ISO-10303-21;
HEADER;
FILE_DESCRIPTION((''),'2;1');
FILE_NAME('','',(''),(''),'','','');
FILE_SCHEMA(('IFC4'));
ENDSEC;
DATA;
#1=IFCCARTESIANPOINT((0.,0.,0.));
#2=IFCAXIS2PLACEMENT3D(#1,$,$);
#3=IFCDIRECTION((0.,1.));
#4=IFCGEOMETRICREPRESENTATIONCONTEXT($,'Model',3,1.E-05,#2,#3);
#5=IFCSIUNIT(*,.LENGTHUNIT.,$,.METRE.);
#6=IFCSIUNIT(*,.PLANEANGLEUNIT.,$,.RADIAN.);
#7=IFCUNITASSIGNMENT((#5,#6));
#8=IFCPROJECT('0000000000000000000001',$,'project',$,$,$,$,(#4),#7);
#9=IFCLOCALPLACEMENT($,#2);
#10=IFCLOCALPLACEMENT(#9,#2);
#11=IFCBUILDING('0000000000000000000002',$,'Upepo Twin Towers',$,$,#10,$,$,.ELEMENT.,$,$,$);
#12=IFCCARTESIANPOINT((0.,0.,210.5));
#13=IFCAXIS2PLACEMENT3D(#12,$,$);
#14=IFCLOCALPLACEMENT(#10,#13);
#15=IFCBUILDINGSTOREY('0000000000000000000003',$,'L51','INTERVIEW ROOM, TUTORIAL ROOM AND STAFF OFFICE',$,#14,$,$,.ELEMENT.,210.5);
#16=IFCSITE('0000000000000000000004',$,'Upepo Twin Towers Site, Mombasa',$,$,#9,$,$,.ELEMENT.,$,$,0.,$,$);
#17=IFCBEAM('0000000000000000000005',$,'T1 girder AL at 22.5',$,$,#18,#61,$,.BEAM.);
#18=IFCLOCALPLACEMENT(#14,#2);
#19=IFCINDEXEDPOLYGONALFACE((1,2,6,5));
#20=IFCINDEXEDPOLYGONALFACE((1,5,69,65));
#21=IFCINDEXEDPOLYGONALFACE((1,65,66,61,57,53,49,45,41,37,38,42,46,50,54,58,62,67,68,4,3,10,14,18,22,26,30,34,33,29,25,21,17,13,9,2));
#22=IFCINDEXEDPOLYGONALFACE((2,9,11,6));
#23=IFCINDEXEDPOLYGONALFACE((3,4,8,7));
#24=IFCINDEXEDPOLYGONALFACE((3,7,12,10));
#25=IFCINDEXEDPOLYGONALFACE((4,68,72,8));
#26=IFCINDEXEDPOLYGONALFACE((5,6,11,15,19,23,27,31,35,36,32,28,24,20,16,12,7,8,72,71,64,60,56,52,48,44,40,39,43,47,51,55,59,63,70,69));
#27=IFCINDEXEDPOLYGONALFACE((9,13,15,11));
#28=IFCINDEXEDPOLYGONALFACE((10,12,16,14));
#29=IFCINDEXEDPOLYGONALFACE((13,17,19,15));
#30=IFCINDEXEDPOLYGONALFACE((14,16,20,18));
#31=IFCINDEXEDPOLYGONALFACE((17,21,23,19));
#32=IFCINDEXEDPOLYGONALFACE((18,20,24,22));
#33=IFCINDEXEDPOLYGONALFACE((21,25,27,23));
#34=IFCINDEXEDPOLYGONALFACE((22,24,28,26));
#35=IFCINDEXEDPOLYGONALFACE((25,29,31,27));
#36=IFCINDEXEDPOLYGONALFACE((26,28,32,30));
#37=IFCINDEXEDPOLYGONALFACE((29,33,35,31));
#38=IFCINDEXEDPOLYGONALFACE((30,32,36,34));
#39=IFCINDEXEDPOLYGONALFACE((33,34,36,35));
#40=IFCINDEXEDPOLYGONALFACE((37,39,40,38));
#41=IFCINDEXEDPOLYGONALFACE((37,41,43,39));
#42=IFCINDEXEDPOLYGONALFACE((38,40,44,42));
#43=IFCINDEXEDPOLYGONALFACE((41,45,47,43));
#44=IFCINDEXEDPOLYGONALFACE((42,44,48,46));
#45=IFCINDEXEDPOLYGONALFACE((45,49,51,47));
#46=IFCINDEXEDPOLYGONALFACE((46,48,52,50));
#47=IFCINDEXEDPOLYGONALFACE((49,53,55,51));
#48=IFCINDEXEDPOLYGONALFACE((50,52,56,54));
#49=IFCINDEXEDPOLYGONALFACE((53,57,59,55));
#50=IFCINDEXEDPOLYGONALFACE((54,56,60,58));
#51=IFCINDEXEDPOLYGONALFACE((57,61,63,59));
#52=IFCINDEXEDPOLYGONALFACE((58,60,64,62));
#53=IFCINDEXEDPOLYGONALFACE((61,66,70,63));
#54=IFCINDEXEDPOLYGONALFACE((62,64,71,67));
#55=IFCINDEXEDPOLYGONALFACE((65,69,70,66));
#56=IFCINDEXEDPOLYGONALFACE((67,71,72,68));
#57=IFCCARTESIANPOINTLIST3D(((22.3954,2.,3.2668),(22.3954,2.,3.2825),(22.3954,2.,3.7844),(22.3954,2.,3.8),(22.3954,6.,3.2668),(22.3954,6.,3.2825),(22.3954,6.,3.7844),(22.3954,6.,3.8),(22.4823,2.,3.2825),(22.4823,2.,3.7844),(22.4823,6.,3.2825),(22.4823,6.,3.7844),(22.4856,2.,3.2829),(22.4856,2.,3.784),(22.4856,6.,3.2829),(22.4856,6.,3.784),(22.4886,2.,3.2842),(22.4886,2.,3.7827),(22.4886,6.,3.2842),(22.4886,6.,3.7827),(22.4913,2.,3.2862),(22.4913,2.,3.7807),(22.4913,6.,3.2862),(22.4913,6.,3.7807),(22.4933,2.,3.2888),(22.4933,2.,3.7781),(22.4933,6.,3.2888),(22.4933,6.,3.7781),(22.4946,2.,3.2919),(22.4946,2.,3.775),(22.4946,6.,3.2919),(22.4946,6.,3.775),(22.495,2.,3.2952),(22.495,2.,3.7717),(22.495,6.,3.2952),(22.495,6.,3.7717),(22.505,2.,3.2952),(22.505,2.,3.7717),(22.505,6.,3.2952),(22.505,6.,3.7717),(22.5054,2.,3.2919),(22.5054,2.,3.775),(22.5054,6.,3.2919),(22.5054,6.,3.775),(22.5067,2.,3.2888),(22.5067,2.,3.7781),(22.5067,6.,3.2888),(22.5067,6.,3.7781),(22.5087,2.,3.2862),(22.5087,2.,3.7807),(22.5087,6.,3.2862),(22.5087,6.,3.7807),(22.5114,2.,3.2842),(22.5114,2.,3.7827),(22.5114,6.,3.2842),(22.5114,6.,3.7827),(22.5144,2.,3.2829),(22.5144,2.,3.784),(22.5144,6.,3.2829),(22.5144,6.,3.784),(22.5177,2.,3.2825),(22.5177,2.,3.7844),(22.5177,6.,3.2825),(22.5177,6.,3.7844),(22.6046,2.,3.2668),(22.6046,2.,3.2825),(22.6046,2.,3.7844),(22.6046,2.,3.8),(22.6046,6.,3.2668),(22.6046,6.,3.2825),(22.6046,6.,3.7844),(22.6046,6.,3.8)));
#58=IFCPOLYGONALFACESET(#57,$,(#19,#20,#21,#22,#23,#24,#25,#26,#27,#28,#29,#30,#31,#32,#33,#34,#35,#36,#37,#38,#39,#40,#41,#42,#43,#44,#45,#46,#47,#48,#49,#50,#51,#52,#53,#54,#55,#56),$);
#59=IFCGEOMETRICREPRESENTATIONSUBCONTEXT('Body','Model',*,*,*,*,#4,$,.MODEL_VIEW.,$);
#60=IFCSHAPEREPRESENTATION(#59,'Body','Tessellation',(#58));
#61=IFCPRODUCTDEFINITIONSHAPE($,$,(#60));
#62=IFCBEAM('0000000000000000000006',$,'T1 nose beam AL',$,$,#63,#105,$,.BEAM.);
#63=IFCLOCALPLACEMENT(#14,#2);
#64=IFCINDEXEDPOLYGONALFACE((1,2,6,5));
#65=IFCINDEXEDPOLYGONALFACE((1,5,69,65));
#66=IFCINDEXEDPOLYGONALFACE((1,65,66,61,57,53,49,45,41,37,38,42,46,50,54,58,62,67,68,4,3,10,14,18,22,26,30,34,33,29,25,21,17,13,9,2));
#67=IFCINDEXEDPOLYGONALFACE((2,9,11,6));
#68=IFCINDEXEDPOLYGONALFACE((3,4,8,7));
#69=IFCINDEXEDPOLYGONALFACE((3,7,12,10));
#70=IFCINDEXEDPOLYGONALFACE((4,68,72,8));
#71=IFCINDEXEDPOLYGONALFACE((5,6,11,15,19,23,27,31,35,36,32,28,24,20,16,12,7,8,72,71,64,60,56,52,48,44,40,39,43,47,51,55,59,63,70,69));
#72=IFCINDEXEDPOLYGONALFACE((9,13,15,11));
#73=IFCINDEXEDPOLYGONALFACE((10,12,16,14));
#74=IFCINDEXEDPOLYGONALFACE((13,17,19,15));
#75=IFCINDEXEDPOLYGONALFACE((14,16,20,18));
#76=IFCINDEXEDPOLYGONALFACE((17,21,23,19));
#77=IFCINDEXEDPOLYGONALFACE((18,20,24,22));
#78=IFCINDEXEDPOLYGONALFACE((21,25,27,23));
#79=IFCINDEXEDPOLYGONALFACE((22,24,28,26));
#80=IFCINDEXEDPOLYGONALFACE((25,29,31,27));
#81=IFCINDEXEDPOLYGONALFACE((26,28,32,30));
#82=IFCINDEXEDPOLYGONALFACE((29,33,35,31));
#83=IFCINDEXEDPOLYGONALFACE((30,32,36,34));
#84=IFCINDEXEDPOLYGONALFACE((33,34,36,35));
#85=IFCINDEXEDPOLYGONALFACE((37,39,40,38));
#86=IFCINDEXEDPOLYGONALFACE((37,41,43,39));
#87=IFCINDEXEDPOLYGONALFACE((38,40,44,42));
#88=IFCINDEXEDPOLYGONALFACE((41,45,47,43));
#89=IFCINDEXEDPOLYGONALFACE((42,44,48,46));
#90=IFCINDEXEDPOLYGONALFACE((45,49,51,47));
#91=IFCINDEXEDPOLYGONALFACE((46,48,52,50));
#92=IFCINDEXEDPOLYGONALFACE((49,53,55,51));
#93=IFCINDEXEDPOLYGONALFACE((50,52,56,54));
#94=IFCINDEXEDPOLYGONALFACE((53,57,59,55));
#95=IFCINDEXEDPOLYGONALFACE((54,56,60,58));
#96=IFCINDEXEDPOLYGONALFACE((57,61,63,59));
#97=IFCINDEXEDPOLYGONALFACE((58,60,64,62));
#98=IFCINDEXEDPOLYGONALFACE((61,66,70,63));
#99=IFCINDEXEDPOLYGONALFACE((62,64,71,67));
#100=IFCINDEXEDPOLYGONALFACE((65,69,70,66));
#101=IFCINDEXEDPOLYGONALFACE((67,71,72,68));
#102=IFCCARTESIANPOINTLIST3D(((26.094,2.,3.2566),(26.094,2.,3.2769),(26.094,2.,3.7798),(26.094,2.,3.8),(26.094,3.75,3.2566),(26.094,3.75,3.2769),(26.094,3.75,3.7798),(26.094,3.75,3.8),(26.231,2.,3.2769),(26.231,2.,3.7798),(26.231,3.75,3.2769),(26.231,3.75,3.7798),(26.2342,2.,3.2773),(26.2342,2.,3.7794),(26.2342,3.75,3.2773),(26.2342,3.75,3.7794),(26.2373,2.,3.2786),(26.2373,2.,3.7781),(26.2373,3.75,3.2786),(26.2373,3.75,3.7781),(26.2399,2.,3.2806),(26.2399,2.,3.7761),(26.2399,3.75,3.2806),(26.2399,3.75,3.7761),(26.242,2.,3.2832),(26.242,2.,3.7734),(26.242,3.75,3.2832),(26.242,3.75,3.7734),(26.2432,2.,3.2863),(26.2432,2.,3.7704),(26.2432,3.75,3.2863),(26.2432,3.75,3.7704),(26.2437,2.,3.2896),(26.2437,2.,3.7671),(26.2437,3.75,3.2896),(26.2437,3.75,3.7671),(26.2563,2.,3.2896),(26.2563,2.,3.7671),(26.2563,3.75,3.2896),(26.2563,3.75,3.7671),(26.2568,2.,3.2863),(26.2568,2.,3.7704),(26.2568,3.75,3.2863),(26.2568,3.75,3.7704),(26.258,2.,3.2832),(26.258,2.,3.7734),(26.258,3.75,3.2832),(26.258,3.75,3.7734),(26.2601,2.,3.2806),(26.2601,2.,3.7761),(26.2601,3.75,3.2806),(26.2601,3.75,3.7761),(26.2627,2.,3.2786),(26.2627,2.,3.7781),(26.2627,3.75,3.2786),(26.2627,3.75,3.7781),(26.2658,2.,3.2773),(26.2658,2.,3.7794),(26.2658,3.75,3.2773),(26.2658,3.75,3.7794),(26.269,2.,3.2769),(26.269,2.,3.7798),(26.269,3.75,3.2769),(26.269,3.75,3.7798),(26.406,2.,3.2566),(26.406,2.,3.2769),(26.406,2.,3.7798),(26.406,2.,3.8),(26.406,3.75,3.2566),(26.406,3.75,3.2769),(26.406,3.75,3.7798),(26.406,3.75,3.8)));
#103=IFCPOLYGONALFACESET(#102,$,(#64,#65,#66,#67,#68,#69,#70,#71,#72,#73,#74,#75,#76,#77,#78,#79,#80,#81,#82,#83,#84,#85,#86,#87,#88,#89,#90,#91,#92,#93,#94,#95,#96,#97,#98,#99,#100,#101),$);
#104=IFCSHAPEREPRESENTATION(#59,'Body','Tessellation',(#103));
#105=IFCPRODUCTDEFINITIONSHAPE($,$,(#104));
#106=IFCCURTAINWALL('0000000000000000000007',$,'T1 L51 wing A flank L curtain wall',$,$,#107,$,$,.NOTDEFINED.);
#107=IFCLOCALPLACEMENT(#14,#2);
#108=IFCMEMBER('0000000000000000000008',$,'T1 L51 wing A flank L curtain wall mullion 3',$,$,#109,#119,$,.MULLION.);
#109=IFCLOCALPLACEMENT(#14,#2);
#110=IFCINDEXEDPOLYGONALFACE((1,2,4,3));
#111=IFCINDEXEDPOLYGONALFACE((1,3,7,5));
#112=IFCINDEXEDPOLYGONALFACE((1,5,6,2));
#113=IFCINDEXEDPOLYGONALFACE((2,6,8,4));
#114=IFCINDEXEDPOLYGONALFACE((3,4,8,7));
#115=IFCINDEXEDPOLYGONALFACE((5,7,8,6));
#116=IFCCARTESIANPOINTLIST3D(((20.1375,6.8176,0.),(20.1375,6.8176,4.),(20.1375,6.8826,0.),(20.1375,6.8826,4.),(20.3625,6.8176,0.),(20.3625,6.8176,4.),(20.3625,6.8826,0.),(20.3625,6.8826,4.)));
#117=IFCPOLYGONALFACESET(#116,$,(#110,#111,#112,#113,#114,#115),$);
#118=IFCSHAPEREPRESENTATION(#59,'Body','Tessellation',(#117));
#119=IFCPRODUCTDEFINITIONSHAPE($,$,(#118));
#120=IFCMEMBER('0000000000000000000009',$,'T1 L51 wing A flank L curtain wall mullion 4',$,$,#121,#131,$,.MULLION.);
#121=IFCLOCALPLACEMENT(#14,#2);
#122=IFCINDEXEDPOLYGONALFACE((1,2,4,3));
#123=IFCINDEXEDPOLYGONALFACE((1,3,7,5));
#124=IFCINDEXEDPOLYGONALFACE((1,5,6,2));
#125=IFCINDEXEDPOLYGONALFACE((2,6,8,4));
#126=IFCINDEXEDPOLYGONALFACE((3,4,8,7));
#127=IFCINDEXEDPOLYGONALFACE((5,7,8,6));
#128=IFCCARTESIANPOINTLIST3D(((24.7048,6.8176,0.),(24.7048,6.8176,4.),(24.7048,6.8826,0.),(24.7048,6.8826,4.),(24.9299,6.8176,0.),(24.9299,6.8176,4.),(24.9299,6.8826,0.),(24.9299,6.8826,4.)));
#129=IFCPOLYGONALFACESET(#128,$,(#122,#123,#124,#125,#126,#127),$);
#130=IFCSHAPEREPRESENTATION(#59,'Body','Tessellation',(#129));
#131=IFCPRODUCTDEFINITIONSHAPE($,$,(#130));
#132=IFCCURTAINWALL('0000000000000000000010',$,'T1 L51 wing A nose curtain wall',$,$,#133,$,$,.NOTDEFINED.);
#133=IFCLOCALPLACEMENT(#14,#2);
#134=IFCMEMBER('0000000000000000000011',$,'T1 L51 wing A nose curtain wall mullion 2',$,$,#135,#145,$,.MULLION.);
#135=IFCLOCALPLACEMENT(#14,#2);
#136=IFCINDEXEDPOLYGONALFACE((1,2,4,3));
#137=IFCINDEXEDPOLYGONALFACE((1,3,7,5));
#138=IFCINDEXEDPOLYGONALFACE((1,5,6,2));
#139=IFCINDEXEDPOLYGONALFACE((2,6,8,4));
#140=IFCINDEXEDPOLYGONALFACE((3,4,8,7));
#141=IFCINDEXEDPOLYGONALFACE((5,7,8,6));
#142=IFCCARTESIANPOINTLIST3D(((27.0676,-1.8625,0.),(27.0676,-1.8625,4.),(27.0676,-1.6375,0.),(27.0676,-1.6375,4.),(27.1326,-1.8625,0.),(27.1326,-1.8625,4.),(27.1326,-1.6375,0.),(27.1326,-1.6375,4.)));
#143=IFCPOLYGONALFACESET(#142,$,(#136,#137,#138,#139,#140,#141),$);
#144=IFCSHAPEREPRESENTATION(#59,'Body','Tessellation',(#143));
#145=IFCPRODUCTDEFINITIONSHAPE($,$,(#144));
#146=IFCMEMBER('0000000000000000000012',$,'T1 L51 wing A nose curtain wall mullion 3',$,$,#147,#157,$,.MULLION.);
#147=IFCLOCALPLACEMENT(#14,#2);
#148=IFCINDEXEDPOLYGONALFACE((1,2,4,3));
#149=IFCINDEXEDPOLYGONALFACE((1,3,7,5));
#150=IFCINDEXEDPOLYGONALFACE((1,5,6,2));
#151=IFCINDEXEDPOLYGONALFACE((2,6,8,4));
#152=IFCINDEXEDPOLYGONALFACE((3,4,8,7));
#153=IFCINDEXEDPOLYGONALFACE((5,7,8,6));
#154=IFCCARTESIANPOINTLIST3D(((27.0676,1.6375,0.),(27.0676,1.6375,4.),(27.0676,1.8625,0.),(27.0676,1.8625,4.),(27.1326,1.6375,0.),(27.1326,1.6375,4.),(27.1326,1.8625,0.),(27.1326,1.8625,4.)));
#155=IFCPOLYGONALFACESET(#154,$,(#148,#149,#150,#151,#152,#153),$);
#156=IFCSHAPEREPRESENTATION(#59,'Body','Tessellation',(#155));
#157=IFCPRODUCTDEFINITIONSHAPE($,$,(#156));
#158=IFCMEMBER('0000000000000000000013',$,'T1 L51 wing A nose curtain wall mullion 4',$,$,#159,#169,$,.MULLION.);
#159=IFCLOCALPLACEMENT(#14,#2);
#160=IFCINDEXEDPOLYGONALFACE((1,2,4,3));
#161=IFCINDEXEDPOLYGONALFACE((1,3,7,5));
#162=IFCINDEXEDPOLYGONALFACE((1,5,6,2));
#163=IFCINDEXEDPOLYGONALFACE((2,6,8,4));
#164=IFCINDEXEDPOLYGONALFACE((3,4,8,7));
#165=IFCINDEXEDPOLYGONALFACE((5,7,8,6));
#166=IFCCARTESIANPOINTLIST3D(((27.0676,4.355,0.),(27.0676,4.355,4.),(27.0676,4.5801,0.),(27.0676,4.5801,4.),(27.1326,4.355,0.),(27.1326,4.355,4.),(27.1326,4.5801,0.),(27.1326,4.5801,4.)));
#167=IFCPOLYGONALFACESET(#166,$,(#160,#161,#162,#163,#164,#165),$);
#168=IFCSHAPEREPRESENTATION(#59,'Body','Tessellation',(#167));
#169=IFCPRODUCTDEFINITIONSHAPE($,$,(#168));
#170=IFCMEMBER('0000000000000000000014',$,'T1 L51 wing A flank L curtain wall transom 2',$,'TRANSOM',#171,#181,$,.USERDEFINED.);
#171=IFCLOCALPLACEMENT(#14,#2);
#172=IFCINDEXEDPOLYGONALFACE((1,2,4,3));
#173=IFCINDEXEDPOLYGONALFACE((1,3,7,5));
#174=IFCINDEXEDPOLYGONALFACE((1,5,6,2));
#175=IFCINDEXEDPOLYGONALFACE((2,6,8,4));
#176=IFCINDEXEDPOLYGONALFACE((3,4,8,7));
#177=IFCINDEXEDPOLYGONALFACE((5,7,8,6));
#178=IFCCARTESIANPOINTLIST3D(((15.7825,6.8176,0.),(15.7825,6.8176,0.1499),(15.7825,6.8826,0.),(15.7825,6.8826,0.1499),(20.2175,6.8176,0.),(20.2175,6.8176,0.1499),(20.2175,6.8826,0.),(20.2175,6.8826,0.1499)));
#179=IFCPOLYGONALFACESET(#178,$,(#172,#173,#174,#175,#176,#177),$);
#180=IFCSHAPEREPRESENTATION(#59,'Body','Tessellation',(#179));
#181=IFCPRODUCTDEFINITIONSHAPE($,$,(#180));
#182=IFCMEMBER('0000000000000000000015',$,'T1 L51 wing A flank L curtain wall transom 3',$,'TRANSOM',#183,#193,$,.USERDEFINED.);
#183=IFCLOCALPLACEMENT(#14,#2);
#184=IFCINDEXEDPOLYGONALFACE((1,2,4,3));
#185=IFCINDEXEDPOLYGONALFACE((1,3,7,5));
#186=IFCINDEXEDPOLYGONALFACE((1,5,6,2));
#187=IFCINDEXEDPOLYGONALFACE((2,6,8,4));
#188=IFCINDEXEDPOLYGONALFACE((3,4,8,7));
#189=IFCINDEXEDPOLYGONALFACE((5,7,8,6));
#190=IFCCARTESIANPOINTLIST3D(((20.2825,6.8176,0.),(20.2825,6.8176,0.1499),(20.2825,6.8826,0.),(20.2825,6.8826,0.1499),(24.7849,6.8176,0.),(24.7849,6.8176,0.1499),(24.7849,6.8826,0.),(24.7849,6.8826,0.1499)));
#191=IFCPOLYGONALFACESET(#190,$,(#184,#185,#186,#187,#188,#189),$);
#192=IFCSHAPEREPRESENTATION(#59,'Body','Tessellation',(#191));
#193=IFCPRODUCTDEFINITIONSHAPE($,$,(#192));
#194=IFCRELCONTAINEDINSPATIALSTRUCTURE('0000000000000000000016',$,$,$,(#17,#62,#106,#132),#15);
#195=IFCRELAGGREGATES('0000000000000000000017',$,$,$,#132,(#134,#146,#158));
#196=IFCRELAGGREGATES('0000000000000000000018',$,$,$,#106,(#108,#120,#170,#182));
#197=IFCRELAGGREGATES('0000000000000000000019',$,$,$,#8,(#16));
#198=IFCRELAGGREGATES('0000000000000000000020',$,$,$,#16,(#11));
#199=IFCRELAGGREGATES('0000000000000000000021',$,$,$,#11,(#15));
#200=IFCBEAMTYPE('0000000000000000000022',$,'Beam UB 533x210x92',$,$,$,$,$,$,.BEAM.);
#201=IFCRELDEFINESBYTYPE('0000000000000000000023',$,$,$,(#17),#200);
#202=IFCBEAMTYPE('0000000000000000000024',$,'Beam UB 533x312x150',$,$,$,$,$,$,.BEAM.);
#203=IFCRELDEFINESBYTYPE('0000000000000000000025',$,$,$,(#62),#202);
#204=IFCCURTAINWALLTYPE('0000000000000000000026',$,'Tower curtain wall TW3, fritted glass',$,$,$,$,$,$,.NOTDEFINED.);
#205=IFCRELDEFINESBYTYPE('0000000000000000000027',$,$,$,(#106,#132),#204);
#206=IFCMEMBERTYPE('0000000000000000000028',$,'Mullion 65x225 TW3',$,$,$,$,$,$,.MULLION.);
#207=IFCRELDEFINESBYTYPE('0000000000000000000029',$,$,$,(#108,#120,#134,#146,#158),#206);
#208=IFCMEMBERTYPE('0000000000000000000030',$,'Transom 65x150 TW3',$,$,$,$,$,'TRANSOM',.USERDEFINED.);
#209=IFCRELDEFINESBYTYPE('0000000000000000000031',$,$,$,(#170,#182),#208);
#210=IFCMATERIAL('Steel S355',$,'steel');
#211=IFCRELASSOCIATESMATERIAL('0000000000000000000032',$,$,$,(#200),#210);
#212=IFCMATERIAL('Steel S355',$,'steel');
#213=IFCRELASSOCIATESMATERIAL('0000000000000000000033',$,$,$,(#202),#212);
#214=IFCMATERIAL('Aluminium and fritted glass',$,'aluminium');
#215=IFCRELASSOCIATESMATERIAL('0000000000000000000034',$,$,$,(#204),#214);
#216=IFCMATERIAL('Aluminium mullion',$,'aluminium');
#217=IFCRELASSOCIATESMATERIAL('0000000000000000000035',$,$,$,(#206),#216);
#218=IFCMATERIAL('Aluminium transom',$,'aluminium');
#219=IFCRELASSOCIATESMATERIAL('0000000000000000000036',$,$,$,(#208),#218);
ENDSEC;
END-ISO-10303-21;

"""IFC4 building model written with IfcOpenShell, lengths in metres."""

from ifc_helpers import new_model, si_unit, direction, frame, origin, origin_2d, place, context, subcontext, project, spatial, rectangle, i_section, extrude, material, material_profile, profile_set, type_object, element, aggregate, save


model = new_model("IFC4")

# Units and contexts
model_context = context("Model", 3, precision=1e-05, world=origin(), true_north=direction((0.0, 1.0)))
body_context = subcontext(model_context, "Body", "Model", "MODEL_VIEW")
ifc_project = project(units=[si_unit("LENGTHUNIT", "METRE"), si_unit("PLANEANGLEUNIT", "RADIAN")], contexts=[model_context])

# Site, building, storey
site_placement = place(None, origin())
site = spatial("IfcSite", under=ifc_project, at=site_placement, Name="Upepo Twin Towers Site, Mombasa", CompositionType="ELEMENT", RefElevation=0.0)
building_placement = place(site_placement, origin())
building = spatial("IfcBuilding", under=site, at=building_placement, Name="Upepo Twin Towers", CompositionType="ELEMENT")
storey_placement = place(building_placement, frame((0.0, 0.0, 210.5)))
storey = spatial("IfcBuildingStorey", under=building, at=storey_placement, Name="L51", Description="INTERVIEW ROOM, TUTORIAL ROOM AND STAFF OFFICE", CompositionType="ELEMENT", Elevation=210.5)

# Beams
ifc_material_1 = material(Name="Steel S355", Category="steel")
ifc_material_profile_1 = material_profile(ifc_material_1, i_section(OverallWidth=0.2092, OverallDepth=0.5332, WebThickness=0.01, FlangeThickness=0.0156, FilletRadius=0.0127, at=origin_2d()), Name="UB 533x210x92")
ifc_profile_set_1 = profile_set([ifc_material_profile_1], Name="Steel S355")
beam_type_1 = type_object("IfcBeamType", Name="Beam UB 533x210x92", PredefinedType="BEAM", material=ifc_profile_set_1)
for number, where, z_axis, x_axis, name in (
    (1, (22.5, 6.0, 3.5334), (0.0, -1.0, 0.0), (1.0, 0.0, 0.0), "T1 girder AL at 22.5"),
):
    element("IfcBeam", number, at=place(storey_placement, frame(where, z_axis=z_axis, x_axis=x_axis)), inside=storey, type_object=beam_type_1, Name=name, PredefinedType="BEAM", context=body_context, shape_type="SweptSolid", body=[
        extrude(i_section(OverallWidth=0.2092, OverallDepth=0.5332, WebThickness=0.01, FlangeThickness=0.0156, FilletRadius=0.0127, at=origin_2d()), origin(), (0.0, 0.0, 1.0), 4.0),
    ])
ifc_material_2 = material(Name="Steel S355", Category="steel")
ifc_material_profile_2 = material_profile(ifc_material_2, i_section(OverallWidth=0.312, OverallDepth=0.5435, WebThickness=0.0127, FlangeThickness=0.0203, FilletRadius=0.0127, at=origin_2d()), Name="UB 533x312x150")
ifc_profile_set_2 = profile_set([ifc_material_profile_2], Name="Steel S355")
beam_type_2 = type_object("IfcBeamType", Name="Beam UB 533x312x150", PredefinedType="BEAM", material=ifc_profile_set_2)
beam_1_placement = place(storey_placement, frame((26.25, 3.75, 3.5283), z_axis=(0.0, -1.0, 0.0), x_axis=(1.0, 0.0, 0.0)))
element("IfcBeam", 2, at=beam_1_placement, inside=storey, type_object=beam_type_2, Name="T1 nose beam AL", PredefinedType="BEAM", context=body_context, shape_type="SweptSolid", body=[
    extrude(i_section(OverallWidth=0.312, OverallDepth=0.5435, WebThickness=0.0127, FlangeThickness=0.0203, FilletRadius=0.0127, at=origin_2d()), origin(), (0.0, 0.0, 1.0), 1.75),
])

# Curtain walls, members
ifc_material_3 = material(Name="Aluminium and fritted glass", Category="aluminium")
curtain_wall_type = type_object("IfcCurtainWallType", Name="Tower curtain wall TW3, fritted glass", PredefinedType="NOTDEFINED", material=ifc_material_3)
curtain_wall_1_placement = place(storey_placement, origin())
curtain_wall_1 = element("IfcCurtainWall", 3, at=curtain_wall_1_placement, inside=storey, type_object=curtain_wall_type, Name="T1 L51 wing A flank L curtain wall", PredefinedType="NOTDEFINED")
ifc_material_4 = material(Name="Aluminium mullion", Category="aluminium")
ifc_material_profile_3 = material_profile(ifc_material_4, rectangle(XDim=0.0649, YDim=0.2251, at=origin_2d()), Name="MULLION 65x225")
ifc_profile_set_3 = profile_set([ifc_material_profile_3], Name="Aluminium mullion")
member_type_1 = type_object("IfcMemberType", Name="Mullion 65x225 TW3", PredefinedType="MULLION", material=ifc_profile_set_3)
member_1_placement = place(storey_placement, frame((20.25, 6.8501, 0.0), z_axis=(0.0, 0.0, 1.0), x_axis=(0.0, 1.0, 0.0)))
member_1 = element("IfcMember", 4, at=member_1_placement, type_object=member_type_1, Name="T1 L51 wing A flank L curtain wall mullion 3", PredefinedType="MULLION", context=body_context, shape_type="SweptSolid", body=[
    extrude(rectangle(XDim=0.0649, YDim=0.2251, at=origin_2d()), origin(), (0.0, 0.0, 1.0), 4.0),
])
member_2_placement = place(storey_placement, frame((24.8174, 6.8501, 0.0), z_axis=(0.0, 0.0, 1.0), x_axis=(0.0, 1.0, 0.0)))
member_2 = element("IfcMember", 5, at=member_2_placement, type_object=member_type_1, Name="T1 L51 wing A flank L curtain wall mullion 4", PredefinedType="MULLION", context=body_context, shape_type="SweptSolid", body=[
    extrude(rectangle(XDim=0.0649, YDim=0.2251, at=origin_2d()), origin(), (0.0, 0.0, 1.0), 4.0),
])
curtain_wall_2_placement = place(storey_placement, origin())
curtain_wall_2 = element("IfcCurtainWall", 6, at=curtain_wall_2_placement, inside=storey, type_object=curtain_wall_type, Name="T1 L51 wing A nose curtain wall", PredefinedType="NOTDEFINED")
member_3_placement = place(storey_placement, frame((27.1001, -1.75, 0.0), z_axis=(0.0, 0.0, 1.0), x_axis=(-1.0, 0.0, 0.0)))
member_3 = element("IfcMember", 7, at=member_3_placement, type_object=member_type_1, Name="T1 L51 wing A nose curtain wall mullion 2", PredefinedType="MULLION", context=body_context, shape_type="SweptSolid", body=[
    extrude(rectangle(XDim=0.0649, YDim=0.2251, at=origin_2d()), origin(), (0.0, 0.0, 1.0), 4.0),
])
member_4_placement = place(storey_placement, frame((27.1001, 1.75, 0.0), z_axis=(0.0, 0.0, 1.0), x_axis=(-1.0, 0.0, 0.0)))
member_4 = element("IfcMember", 8, at=member_4_placement, type_object=member_type_1, Name="T1 L51 wing A nose curtain wall mullion 3", PredefinedType="MULLION", context=body_context, shape_type="SweptSolid", body=[
    extrude(rectangle(XDim=0.0649, YDim=0.2251, at=origin_2d()), origin(), (0.0, 0.0, 1.0), 4.0),
])
member_5_placement = place(storey_placement, frame((27.1001, 4.4675, 0.0), z_axis=(0.0, 0.0, 1.0), x_axis=(-1.0, 0.0, 0.0)))
member_5 = element("IfcMember", 9, at=member_5_placement, type_object=member_type_1, Name="T1 L51 wing A nose curtain wall mullion 4", PredefinedType="MULLION", context=body_context, shape_type="SweptSolid", body=[
    extrude(rectangle(XDim=0.0649, YDim=0.2251, at=origin_2d()), origin(), (0.0, 0.0, 1.0), 4.0),
])
aggregate(curtain_wall_2, [member_3, member_4, member_5])

# Members
ifc_material_5 = material(Name="Aluminium transom", Category="aluminium")
ifc_material_profile_4 = material_profile(ifc_material_5, rectangle(XDim=0.0649, YDim=0.1499, at=origin_2d()), Name="TRANSOM 65x150")
ifc_profile_set_4 = profile_set([ifc_material_profile_4], Name="Aluminium transom")
member_type_2 = type_object("IfcMemberType", Name="Transom 65x150 TW3", ElementType="TRANSOM", PredefinedType="USERDEFINED", material=ifc_profile_set_4)
member_6_placement = place(storey_placement, frame((15.7825, 6.8501, 0.075), z_axis=(1.0, 0.0, 0.0), x_axis=(0.0, 1.0, 0.0)))
member_6 = element("IfcMember", 10, at=member_6_placement, type_object=member_type_2, Name="T1 L51 wing A flank L curtain wall transom 2", ObjectType="TRANSOM", PredefinedType="USERDEFINED", context=body_context, shape_type="SweptSolid", body=[
    extrude(rectangle(XDim=0.0649, YDim=0.1499, at=origin_2d()), origin(), (0.0, 0.0, 1.0), 4.4351),
])
member_7_placement = place(storey_placement, frame((20.2825, 6.8501, 0.075), z_axis=(1.0, 0.0, 0.0), x_axis=(0.0, 1.0, 0.0)))
member_7 = element("IfcMember", 11, at=member_7_placement, type_object=member_type_2, Name="T1 L51 wing A flank L curtain wall transom 3", ObjectType="TRANSOM", PredefinedType="USERDEFINED", context=body_context, shape_type="SweptSolid", body=[
    extrude(rectangle(XDim=0.0649, YDim=0.1499, at=origin_2d()), origin(), (0.0, 0.0, 1.0), 4.5024),
])

aggregate(curtain_wall_1, [member_1, member_2, member_6, member_7])

save(model, "model.ifc")
